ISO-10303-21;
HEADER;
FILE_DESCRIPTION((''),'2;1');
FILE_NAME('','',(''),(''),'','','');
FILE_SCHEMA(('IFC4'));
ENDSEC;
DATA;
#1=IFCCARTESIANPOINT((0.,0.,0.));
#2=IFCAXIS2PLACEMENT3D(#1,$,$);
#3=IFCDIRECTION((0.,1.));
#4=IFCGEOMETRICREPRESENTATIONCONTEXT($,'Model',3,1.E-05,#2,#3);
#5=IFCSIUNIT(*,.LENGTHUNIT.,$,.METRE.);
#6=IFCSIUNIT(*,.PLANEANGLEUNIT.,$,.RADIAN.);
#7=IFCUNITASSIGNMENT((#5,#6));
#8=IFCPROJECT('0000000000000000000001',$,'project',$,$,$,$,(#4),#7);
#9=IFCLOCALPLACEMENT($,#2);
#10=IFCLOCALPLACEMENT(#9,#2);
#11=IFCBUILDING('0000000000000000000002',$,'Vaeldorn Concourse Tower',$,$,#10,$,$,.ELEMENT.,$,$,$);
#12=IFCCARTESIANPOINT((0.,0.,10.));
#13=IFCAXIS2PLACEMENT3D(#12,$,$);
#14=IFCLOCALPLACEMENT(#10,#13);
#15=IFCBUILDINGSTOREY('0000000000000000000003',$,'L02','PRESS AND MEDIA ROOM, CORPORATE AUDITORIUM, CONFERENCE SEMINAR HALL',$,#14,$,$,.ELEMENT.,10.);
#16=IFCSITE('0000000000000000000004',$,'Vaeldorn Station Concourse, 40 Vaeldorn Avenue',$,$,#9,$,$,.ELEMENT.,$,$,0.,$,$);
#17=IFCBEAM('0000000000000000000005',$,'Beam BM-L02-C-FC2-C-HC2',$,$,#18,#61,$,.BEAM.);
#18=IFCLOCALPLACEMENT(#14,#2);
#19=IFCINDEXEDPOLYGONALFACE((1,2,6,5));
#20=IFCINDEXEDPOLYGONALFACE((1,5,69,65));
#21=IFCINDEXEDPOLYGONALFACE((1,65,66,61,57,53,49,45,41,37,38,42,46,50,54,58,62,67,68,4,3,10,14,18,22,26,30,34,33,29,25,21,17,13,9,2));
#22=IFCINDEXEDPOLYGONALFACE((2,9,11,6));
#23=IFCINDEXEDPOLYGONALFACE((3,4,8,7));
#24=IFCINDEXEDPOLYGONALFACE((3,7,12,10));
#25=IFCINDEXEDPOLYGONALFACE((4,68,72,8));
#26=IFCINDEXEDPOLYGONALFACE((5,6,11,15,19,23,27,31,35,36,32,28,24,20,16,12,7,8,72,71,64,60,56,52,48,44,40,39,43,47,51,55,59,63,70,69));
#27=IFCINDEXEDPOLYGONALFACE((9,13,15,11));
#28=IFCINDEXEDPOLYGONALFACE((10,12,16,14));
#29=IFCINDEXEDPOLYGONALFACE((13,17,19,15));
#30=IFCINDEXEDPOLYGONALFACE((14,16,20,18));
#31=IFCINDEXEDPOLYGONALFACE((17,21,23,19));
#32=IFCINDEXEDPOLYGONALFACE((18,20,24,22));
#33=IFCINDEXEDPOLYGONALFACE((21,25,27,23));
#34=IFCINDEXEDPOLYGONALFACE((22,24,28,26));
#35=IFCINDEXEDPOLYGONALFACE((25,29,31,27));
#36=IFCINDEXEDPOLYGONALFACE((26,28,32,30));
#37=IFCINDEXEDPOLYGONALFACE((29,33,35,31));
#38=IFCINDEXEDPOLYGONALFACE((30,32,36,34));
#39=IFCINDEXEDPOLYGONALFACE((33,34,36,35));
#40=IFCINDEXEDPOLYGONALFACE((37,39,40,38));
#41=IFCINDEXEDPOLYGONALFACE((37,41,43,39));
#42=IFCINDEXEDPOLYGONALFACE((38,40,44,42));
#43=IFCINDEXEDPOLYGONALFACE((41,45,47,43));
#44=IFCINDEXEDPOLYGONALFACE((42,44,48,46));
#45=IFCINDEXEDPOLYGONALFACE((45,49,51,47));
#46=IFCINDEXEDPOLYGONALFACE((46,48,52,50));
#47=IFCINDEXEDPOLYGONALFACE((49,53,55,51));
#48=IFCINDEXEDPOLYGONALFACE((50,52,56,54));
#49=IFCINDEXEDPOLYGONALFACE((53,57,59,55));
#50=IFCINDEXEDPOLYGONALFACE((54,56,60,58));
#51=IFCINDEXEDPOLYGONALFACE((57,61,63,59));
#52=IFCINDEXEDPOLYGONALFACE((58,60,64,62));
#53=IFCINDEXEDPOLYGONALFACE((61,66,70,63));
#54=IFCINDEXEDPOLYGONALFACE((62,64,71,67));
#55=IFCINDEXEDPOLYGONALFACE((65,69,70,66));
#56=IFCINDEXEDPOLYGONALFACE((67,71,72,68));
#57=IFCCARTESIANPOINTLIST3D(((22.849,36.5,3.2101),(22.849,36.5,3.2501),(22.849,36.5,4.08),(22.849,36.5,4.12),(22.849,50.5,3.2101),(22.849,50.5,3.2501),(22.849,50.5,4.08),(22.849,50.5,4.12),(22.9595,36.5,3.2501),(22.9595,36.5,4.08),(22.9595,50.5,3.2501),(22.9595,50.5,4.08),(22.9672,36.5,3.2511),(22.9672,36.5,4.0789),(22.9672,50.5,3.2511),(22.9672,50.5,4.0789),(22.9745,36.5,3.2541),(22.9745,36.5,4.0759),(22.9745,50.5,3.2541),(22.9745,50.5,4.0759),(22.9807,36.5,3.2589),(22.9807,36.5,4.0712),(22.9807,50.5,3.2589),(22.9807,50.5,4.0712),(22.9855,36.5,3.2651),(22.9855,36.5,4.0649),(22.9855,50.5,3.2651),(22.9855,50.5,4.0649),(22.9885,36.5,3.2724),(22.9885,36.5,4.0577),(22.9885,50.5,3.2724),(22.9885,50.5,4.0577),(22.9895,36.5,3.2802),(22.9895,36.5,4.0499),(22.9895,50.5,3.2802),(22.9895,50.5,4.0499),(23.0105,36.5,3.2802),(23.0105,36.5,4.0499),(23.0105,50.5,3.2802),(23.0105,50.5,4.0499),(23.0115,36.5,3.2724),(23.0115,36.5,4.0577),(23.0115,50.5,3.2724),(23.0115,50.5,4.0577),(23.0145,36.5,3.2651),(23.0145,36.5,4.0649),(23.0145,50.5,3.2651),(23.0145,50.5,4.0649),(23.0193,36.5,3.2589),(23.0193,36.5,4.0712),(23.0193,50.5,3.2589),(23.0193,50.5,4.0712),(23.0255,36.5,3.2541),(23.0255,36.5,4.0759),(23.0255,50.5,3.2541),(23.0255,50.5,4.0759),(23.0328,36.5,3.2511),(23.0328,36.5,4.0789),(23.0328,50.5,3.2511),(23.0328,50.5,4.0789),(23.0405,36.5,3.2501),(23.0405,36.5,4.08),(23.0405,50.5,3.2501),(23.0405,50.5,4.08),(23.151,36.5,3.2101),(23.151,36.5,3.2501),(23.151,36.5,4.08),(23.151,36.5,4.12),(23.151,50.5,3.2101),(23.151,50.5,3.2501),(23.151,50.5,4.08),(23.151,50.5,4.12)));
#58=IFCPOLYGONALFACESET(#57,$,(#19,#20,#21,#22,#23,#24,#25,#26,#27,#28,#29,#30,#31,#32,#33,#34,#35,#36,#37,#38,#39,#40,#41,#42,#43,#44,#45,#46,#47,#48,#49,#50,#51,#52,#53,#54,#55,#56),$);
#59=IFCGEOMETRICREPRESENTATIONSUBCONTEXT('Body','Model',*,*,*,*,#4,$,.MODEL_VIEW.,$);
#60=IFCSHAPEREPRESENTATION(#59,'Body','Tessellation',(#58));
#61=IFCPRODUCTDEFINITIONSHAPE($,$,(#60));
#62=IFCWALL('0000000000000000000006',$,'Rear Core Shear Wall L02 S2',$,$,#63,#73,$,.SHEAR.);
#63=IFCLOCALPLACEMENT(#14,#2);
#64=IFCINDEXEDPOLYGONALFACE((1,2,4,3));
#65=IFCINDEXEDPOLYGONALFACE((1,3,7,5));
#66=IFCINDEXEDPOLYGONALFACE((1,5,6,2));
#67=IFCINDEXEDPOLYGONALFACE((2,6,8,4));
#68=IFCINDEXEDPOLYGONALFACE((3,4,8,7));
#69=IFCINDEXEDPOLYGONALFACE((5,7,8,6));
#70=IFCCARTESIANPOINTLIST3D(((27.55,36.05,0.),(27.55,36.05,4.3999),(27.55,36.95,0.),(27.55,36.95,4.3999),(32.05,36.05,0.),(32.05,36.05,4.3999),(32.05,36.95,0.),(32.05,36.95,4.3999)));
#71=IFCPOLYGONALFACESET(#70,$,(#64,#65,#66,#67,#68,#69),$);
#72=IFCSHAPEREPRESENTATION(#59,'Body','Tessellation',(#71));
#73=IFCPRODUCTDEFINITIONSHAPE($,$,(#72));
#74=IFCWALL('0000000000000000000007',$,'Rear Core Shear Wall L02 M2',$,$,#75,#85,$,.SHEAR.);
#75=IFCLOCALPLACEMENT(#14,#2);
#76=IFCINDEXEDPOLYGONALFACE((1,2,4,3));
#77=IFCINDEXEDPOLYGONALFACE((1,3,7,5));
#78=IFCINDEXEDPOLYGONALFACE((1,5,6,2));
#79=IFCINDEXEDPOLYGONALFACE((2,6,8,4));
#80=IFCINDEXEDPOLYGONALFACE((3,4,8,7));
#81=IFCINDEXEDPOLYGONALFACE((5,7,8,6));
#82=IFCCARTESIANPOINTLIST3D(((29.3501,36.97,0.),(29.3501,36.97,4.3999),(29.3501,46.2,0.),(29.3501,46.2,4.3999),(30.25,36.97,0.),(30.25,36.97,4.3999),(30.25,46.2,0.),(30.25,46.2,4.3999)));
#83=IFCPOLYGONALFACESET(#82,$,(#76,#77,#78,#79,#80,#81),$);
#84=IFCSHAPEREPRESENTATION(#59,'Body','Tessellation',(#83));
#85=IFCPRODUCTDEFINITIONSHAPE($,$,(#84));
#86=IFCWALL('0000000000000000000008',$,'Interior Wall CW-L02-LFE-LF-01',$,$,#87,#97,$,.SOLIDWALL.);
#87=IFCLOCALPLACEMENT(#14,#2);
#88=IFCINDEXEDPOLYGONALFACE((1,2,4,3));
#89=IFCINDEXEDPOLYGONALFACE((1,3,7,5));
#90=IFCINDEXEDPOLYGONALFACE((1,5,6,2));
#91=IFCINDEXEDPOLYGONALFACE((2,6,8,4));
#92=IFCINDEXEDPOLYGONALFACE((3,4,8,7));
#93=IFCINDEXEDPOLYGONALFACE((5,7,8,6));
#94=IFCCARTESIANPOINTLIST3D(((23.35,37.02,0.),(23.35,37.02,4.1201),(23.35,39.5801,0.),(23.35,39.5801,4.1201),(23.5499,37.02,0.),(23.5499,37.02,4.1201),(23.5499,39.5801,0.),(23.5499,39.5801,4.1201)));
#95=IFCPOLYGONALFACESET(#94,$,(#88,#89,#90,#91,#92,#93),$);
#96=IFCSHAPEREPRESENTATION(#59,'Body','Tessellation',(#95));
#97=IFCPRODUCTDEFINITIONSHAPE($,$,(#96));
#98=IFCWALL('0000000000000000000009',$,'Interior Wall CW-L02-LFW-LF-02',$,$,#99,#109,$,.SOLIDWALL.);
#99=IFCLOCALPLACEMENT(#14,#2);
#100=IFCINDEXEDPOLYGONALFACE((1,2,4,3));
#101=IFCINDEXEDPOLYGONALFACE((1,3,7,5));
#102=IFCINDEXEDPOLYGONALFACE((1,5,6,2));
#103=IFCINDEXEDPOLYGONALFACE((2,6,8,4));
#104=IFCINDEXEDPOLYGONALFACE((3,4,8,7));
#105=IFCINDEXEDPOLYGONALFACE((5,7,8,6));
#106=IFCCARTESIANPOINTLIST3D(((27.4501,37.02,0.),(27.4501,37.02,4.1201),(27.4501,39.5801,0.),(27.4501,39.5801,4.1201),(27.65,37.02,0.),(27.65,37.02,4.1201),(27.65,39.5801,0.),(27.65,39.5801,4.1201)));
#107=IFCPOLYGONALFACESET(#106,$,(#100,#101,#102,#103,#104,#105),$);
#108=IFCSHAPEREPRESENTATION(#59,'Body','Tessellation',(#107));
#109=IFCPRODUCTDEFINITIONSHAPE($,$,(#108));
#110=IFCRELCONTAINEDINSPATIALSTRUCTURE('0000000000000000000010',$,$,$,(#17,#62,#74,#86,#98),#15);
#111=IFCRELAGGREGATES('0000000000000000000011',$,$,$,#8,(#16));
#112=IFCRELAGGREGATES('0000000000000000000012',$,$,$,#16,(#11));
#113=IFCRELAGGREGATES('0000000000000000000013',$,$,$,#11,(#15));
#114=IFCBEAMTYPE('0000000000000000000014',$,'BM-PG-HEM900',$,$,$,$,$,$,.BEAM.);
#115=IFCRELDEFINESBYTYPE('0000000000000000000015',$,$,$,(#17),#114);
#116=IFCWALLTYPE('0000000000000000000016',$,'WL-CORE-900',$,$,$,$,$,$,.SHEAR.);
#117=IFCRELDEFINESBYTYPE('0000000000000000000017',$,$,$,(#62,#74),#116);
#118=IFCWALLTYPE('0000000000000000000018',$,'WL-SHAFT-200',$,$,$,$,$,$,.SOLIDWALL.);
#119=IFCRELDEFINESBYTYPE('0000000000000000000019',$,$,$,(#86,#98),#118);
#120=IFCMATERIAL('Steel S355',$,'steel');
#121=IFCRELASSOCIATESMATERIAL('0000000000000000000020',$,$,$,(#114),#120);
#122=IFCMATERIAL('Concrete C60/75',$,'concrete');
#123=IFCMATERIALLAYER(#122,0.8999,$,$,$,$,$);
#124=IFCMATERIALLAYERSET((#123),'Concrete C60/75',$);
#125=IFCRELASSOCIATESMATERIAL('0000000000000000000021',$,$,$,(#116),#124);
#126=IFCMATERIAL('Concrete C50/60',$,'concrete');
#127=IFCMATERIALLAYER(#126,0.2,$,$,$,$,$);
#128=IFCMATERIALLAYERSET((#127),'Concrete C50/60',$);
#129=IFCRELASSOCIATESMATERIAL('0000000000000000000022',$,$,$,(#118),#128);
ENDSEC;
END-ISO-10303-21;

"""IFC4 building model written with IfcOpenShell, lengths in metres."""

from ifc_helpers import new_model, si_unit, direction, frame, frame_2d, origin, origin_2d, place, context, subcontext, project, spatial, rectangle, i_section, extrude, source, transform, mapped, material, layer, layer_set, material_profile, profile_set, type_object, element, save


model = new_model("IFC4")

# Units and contexts
model_context = context("Model", 3, precision=1e-05, world=origin(), true_north=direction((0.0, 1.0)))
body_context = subcontext(model_context, "Body", "Model", "MODEL_VIEW")
ifc_project = project(units=[si_unit("LENGTHUNIT", "METRE"), si_unit("PLANEANGLEUNIT", "RADIAN")], contexts=[model_context])

# Site, building, storey
site_placement = place(None, origin())
site = spatial("IfcSite", under=ifc_project, at=site_placement, Name="Vaeldorn Station Concourse, 40 Vaeldorn Avenue", CompositionType="ELEMENT", RefElevation=0.0)
building_placement = place(site_placement, origin())
building = spatial("IfcBuilding", under=site, at=building_placement, Name="Vaeldorn Concourse Tower", CompositionType="ELEMENT")
storey_placement = place(building_placement, frame((0.0, 0.0, 10.0)))
storey = spatial("IfcBuildingStorey", under=building, at=storey_placement, Name="L02", Description="PRESS AND MEDIA ROOM, CORPORATE AUDITORIUM, CONFERENCE SEMINAR HALL", CompositionType="ELEMENT", Elevation=10.0)

# Beam
ifc_material_1 = material(Name="Steel S355", Category="steel")
ifc_material_profile_1 = material_profile(ifc_material_1, i_section(OverallWidth=0.302, OverallDepth=0.9099, WebThickness=0.021, FlangeThickness=0.04, FilletRadius=0.03, at=origin_2d()), Name="HEM 900")
ifc_profile_set_1 = profile_set([ifc_material_profile_1], Name="Steel S355")
beam_type = type_object("IfcBeamType", Name="BM-PG-HEM900", PredefinedType="BEAM", material=ifc_profile_set_1)
shared_shape_1 = source(origin(), body_context, "Body", "SweptSolid", [
    extrude(i_section(OverallWidth=0.302, OverallDepth=0.9099, WebThickness=0.021, FlangeThickness=0.04, FilletRadius=0.03, at=origin_2d()), origin(), (0.0, 0.0, 1.0), 14.0),
])
beam_1_placement = place(storey_placement, frame((23.0, 36.5, 3.665), z_axis=(0.0, 1.0, 0.0), x_axis=(-1.0, 0.0, 0.0)))
element("IfcBeam", 1, at=beam_1_placement, inside=storey, type_object=beam_type, Name="Beam BM-L02-C-FC2-C-HC2", PredefinedType="BEAM", context=body_context, shape_type="MappedRepresentation", body=[
    mapped(shared_shape_1, transform((0.0, 0.0, 0.0), scale=1.0)),
])

# Walls
ifc_material_2 = material(Name="Concrete C60/75", Category="concrete")
ifc_layer_1 = layer(ifc_material_2, 0.8999)
ifc_layer_set_1 = layer_set([ifc_layer_1], Name="Concrete C60/75")
wall_type_1 = type_object("IfcWallType", Name="WL-CORE-900", PredefinedType="SHEAR", material=ifc_layer_set_1)
wall_1_placement = place(storey_placement, frame((27.55, 36.5, 0.0), z_axis=(0.0, 0.0, 1.0), x_axis=(1.0, 0.0, 0.0)))
element("IfcWall", 2, at=wall_1_placement, inside=storey, type_object=wall_type_1, Name="Rear Core Shear Wall L02 S2", PredefinedType="SHEAR", context=body_context, shape_type="SweptSolid", body=[
    extrude(rectangle(XDim=4.5, YDim=0.8999, at=frame_2d((2.25, 0.0))), origin(), (0.0, 0.0, 1.0), 4.3999),
])
wall_2_placement = place(storey_placement, frame((29.8, 36.97, 0.0), z_axis=(0.0, 0.0, 1.0), x_axis=(0.0, 1.0, 0.0)))
element("IfcWall", 3, at=wall_2_placement, inside=storey, type_object=wall_type_1, Name="Rear Core Shear Wall L02 M2", PredefinedType="SHEAR", context=body_context, shape_type="SweptSolid", body=[
    extrude(rectangle(XDim=9.23, YDim=0.8999, at=frame_2d((4.615, 0.0))), origin(), (0.0, 0.0, 1.0), 4.3999),
])
ifc_material_3 = material(Name="Concrete C50/60", Category="concrete")
ifc_layer_2 = layer(ifc_material_3, 0.2)
ifc_layer_set_2 = layer_set([ifc_layer_2], Name="Concrete C50/60")
wall_type_2 = type_object("IfcWallType", Name="WL-SHAFT-200", PredefinedType="SOLIDWALL", material=ifc_layer_set_2)
wall_3_placement = place(storey_placement, frame((23.45, 37.02, 0.0), z_axis=(0.0, 0.0, 1.0), x_axis=(0.0, 1.0, 0.0)))
element("IfcWall", 4, at=wall_3_placement, inside=storey, type_object=wall_type_2, Name="Interior Wall CW-L02-LFE-LF-01", PredefinedType="SOLIDWALL", context=body_context, shape_type="SweptSolid", body=[
    extrude(rectangle(XDim=2.5601, YDim=0.2, at=frame_2d((1.28, 0.0))), origin(), (0.0, 0.0, 1.0), 4.1201),
])

# Wall
wall_4_placement = place(storey_placement, frame((27.55, 37.02, 0.0), z_axis=(0.0, 0.0, 1.0), x_axis=(0.0, 1.0, 0.0)))
element("IfcWall", 5, at=wall_4_placement, inside=storey, type_object=wall_type_2, Name="Interior Wall CW-L02-LFW-LF-02", PredefinedType="SOLIDWALL", context=body_context, shape_type="SweptSolid", body=[
    extrude(rectangle(XDim=2.5601, YDim=0.2, at=frame_2d((1.28, 0.0))), origin(), (0.0, 0.0, 1.0), 4.1201),
])

save(model, "model.ifc")
